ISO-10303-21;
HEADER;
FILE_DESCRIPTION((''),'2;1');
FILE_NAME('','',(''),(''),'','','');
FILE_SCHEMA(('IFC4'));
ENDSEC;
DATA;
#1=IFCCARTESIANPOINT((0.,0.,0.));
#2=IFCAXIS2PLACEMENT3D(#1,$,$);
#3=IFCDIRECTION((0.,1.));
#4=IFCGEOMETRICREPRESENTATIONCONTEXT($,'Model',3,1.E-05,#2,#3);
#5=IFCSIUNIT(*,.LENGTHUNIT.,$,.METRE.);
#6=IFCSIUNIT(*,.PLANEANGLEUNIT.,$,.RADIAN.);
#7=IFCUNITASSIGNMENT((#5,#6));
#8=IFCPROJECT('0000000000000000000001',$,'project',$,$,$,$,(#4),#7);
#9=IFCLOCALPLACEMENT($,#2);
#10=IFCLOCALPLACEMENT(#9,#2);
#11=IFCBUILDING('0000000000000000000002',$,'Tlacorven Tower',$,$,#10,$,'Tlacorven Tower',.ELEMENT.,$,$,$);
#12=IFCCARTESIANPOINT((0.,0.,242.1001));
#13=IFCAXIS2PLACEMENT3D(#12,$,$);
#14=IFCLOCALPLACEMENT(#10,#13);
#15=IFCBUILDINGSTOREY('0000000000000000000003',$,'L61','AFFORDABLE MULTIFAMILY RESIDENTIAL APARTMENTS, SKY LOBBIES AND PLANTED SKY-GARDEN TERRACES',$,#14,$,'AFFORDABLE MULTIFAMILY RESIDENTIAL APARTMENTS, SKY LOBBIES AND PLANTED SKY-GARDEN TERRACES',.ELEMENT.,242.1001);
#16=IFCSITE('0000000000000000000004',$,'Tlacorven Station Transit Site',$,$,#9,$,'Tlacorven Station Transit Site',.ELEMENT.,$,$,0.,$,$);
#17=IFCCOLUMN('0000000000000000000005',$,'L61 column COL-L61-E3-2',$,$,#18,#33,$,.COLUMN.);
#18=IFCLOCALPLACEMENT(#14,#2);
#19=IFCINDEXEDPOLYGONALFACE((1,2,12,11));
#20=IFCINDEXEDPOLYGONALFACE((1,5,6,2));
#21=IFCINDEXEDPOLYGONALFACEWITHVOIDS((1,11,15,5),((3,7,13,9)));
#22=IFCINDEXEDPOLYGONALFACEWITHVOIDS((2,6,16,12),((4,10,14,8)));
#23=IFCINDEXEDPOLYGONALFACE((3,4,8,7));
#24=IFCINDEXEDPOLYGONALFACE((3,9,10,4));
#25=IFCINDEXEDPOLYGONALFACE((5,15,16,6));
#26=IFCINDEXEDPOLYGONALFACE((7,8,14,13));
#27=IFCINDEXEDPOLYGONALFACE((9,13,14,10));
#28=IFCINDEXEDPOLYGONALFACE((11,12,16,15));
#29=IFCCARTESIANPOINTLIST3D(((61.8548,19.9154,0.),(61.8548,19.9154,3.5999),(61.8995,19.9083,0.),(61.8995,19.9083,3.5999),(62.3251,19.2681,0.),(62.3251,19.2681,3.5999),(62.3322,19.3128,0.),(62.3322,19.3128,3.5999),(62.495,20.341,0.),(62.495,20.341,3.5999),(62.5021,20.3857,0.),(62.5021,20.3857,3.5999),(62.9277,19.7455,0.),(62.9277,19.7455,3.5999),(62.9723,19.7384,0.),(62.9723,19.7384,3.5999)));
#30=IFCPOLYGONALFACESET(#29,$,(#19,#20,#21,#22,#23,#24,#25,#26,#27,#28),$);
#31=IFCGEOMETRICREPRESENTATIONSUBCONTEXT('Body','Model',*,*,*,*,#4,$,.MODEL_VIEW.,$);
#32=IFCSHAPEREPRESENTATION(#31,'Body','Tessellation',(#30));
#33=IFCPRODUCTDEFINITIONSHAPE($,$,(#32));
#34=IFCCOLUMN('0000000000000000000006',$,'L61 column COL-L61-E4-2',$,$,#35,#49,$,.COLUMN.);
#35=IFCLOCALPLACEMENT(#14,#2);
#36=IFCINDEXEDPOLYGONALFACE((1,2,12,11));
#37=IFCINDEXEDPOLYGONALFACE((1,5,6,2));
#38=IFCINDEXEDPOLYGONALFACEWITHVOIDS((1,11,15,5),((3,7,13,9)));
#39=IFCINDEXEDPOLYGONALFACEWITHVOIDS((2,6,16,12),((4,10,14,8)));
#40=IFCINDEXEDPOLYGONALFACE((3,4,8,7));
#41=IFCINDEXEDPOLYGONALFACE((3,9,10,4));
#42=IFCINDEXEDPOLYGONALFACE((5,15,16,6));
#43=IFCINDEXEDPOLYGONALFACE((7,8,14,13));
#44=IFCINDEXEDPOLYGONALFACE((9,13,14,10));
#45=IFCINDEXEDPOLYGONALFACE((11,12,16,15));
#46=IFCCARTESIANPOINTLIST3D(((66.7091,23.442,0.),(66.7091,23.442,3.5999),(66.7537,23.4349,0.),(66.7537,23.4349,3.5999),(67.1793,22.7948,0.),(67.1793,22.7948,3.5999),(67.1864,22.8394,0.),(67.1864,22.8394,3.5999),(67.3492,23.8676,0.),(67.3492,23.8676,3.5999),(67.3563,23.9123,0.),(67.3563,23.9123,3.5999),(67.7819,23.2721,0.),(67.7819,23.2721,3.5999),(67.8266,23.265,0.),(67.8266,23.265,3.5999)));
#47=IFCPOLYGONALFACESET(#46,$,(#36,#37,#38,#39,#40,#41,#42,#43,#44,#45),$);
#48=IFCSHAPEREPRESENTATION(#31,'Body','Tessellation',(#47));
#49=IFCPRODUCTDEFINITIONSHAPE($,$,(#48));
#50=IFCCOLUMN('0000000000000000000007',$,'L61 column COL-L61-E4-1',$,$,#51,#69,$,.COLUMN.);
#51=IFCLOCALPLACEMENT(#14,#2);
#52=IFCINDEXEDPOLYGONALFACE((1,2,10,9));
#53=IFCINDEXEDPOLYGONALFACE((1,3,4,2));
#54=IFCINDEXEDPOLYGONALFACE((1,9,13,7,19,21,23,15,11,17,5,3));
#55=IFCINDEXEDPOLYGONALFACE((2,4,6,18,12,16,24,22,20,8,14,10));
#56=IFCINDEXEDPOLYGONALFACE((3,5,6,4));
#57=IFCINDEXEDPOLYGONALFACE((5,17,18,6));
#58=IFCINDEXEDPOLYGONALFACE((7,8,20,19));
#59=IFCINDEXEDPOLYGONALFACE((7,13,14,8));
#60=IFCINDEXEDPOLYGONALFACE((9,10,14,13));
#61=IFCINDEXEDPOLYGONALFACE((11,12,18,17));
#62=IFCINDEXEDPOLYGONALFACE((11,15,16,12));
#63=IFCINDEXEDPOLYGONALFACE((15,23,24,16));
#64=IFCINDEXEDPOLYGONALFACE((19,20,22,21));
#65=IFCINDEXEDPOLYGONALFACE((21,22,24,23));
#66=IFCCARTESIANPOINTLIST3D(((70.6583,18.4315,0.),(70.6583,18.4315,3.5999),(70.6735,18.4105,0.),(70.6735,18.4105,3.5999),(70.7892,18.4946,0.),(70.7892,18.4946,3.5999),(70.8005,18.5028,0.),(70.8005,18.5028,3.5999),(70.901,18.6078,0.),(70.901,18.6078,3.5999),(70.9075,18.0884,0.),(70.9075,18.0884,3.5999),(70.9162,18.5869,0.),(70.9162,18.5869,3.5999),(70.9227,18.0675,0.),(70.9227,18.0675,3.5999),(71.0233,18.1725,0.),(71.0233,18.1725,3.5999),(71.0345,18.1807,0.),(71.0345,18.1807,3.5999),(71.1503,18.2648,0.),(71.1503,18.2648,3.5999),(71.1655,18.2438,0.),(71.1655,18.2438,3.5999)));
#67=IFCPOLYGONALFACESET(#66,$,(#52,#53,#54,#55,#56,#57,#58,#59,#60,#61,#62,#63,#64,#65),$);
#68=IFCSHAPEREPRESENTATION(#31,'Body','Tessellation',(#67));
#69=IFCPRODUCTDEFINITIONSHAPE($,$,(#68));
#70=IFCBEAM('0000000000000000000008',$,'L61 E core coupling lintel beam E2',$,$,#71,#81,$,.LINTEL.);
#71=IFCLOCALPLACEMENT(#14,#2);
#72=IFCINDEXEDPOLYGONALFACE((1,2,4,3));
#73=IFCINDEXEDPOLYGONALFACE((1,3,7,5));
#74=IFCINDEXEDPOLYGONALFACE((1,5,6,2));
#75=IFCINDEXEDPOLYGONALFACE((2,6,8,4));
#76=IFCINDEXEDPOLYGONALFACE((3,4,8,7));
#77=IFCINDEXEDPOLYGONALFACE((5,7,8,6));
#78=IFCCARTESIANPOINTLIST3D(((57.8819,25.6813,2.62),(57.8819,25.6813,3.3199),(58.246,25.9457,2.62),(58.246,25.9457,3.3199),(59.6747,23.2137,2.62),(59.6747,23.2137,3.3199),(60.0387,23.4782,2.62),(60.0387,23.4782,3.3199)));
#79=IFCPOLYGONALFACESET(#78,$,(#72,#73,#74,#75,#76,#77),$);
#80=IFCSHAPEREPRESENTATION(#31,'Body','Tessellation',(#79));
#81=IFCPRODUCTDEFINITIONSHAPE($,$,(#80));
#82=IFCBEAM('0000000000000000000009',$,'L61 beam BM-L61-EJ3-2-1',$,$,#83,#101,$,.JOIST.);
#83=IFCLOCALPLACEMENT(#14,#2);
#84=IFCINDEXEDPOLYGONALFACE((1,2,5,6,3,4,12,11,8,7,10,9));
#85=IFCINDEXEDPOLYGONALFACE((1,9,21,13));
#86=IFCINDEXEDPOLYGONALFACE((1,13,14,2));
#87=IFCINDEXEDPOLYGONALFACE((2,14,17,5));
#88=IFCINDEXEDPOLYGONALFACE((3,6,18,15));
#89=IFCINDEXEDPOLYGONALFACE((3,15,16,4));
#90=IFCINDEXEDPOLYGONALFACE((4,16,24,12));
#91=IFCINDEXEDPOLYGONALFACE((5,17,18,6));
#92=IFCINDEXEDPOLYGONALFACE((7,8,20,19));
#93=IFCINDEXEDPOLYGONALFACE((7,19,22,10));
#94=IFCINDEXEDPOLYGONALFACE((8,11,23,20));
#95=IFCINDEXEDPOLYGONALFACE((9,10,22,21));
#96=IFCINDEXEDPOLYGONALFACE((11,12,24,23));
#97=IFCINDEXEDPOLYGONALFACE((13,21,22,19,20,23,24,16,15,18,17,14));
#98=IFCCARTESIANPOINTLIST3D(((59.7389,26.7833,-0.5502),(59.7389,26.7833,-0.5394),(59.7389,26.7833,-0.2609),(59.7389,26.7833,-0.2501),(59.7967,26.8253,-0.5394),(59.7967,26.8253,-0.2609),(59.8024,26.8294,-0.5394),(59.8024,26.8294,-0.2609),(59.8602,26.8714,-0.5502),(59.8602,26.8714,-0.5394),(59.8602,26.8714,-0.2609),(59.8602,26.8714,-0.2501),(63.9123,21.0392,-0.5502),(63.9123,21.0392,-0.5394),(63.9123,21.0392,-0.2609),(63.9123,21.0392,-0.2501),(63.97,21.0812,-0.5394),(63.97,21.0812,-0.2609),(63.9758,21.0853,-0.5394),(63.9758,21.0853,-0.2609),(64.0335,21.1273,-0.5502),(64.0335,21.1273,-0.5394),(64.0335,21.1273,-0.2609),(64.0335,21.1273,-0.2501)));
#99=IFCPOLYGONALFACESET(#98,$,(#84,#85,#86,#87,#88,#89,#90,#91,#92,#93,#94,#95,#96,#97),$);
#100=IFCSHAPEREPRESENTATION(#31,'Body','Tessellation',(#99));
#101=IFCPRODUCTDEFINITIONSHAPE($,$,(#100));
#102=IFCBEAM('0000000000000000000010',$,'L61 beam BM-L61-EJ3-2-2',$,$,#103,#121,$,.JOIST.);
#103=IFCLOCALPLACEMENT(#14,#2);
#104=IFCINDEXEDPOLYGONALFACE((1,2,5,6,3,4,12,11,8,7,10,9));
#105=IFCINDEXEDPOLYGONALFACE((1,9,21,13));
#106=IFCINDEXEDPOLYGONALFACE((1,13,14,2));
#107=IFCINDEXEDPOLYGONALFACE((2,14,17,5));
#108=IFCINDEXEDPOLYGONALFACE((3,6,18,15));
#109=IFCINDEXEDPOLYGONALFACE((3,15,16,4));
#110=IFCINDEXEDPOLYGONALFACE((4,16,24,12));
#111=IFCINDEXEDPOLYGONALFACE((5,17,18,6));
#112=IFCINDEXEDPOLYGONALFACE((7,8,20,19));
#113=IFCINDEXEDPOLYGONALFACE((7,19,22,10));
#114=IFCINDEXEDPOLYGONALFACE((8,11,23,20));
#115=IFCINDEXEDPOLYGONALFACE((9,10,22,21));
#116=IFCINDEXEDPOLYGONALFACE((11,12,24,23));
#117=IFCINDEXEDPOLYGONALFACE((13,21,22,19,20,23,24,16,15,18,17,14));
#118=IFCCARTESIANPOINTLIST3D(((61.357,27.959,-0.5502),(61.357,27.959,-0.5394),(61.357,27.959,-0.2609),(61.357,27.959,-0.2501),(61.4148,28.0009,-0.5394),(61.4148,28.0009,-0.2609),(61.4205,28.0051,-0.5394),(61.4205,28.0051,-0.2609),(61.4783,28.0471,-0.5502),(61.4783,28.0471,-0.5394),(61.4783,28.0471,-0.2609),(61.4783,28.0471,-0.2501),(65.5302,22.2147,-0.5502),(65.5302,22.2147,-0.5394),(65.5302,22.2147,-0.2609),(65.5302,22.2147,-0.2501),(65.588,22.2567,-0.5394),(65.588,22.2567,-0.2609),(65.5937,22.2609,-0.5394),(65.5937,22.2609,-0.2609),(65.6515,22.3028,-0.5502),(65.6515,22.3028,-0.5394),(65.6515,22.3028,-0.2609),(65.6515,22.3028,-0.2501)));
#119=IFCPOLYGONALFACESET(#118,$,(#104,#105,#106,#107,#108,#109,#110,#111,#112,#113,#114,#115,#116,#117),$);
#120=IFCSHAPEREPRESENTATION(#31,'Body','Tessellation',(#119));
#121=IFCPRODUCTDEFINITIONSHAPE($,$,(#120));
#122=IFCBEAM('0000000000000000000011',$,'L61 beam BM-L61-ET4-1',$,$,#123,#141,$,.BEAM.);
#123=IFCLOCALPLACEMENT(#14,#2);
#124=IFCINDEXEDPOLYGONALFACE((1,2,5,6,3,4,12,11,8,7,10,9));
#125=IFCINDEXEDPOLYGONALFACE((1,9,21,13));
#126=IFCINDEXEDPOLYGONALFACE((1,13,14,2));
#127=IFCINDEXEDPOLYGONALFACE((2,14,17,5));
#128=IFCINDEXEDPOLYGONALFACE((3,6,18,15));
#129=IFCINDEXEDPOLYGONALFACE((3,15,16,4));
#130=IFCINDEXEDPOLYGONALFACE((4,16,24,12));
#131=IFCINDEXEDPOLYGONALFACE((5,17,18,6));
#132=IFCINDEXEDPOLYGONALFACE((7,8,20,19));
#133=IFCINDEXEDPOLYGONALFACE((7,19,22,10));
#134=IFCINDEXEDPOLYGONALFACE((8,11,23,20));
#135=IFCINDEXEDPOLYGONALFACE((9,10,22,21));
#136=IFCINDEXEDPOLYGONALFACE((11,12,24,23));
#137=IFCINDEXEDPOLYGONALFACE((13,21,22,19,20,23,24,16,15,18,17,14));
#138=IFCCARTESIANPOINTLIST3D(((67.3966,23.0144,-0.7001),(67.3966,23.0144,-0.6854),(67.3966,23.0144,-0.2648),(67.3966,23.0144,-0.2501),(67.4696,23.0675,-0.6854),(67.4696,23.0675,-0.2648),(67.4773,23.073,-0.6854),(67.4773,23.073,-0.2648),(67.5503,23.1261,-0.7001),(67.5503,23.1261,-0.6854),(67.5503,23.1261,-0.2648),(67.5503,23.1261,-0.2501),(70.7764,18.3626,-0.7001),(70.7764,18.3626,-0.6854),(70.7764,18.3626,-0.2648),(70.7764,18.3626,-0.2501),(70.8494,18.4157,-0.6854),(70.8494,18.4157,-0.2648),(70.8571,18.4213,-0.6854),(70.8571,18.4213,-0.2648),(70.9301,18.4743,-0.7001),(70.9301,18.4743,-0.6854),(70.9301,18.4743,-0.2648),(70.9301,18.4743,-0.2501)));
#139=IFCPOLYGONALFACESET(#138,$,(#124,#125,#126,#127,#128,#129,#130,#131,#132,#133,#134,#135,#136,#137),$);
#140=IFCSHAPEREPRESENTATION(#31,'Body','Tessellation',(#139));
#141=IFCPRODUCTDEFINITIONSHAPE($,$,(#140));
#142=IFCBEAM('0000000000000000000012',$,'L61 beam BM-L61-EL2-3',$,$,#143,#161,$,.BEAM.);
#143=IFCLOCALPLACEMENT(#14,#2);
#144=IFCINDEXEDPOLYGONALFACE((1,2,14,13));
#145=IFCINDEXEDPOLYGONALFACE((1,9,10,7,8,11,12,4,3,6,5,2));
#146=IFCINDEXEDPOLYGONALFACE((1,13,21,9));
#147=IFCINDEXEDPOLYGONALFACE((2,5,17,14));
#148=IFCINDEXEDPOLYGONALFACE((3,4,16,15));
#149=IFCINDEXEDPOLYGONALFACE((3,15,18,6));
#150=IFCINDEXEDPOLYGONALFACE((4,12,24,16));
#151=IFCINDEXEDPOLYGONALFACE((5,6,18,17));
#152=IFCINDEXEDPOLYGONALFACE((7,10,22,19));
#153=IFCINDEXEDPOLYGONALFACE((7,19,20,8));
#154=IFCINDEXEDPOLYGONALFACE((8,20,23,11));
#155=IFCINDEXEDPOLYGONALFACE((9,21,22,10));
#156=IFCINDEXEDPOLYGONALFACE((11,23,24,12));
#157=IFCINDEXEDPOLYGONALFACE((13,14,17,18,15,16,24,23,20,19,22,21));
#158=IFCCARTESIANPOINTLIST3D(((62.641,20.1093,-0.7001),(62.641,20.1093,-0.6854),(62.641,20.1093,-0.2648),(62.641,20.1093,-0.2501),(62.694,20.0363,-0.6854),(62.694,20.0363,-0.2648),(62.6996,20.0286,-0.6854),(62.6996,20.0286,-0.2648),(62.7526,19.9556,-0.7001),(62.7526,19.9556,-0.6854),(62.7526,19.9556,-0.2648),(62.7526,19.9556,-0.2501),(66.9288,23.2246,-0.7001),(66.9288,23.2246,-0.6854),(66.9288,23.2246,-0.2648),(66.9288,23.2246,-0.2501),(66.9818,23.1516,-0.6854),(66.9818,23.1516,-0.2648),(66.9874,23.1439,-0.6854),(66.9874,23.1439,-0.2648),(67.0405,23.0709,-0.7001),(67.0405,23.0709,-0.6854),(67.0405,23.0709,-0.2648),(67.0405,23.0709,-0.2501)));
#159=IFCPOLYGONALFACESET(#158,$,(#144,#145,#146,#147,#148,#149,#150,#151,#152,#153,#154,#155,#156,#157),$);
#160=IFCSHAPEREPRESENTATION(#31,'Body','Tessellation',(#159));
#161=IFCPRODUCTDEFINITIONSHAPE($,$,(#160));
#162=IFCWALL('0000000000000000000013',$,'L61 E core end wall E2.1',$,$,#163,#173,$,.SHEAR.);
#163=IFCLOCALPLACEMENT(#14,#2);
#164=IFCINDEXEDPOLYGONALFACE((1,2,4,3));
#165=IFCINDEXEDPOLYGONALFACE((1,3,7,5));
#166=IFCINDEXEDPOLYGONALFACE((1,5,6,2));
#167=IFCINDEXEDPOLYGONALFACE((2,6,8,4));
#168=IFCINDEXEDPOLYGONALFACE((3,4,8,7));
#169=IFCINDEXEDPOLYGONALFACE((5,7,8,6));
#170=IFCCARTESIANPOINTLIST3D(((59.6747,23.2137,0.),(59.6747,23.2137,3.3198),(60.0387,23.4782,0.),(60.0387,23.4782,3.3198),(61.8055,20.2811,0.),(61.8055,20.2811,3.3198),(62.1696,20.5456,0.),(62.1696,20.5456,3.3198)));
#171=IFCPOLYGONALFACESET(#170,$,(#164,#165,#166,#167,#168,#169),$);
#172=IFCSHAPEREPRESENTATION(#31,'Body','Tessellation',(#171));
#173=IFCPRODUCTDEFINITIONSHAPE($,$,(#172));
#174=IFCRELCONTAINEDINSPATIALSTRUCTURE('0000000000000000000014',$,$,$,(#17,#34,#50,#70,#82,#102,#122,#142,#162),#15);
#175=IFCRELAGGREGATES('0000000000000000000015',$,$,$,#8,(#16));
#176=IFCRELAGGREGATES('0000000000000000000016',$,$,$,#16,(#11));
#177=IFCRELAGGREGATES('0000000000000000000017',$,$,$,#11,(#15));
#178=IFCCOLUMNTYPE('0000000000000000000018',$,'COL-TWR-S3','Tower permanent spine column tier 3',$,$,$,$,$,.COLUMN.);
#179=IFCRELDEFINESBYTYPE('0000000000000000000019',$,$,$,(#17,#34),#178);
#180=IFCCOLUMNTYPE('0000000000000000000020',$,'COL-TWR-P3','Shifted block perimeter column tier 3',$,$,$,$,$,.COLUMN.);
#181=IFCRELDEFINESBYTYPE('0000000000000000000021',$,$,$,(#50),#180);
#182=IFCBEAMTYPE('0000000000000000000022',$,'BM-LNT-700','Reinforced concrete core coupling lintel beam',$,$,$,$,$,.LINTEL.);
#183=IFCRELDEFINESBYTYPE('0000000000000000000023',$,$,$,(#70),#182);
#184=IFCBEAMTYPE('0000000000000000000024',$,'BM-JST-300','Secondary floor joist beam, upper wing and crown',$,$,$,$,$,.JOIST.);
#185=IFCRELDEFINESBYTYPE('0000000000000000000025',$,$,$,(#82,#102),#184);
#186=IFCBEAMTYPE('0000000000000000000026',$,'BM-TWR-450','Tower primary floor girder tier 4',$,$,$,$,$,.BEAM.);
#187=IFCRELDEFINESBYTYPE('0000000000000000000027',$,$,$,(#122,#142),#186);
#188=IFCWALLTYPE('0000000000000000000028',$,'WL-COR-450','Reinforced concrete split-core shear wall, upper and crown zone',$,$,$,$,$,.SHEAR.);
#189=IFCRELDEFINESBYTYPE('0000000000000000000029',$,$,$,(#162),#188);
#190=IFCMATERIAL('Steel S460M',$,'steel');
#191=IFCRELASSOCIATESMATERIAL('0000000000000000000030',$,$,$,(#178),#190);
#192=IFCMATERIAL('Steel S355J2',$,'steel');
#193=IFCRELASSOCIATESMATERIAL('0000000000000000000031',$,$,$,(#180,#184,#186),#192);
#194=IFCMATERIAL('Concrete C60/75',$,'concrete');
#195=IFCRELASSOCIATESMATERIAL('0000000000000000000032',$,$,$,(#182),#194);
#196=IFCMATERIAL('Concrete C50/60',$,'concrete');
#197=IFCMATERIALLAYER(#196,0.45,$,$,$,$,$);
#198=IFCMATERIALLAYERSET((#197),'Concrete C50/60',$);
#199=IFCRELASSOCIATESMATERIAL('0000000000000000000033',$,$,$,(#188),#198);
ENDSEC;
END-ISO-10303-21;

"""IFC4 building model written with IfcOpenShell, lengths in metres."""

from ifc_helpers import new_model, si_unit, direction, frame, frame_2d, origin, origin_2d, place, context, subcontext, project, spatial, rectangle, hollow_rectangle, i_section, extrude, source, transform, mapped, material, layer, layer_set, material_profile, profile_set, type_object, element, save


model = new_model("IFC4")

# Units and contexts
model_context = context("Model", 3, precision=1e-05, world=origin(), true_north=direction((0.0, 1.0)))
body_context = subcontext(model_context, "Body", "Model", "MODEL_VIEW")
ifc_project = project(units=[si_unit("LENGTHUNIT", "METRE"), si_unit("PLANEANGLEUNIT", "RADIAN")], contexts=[model_context])

# Site, building, storey
site_placement = place(None, origin())
site = spatial("IfcSite", under=ifc_project, at=site_placement, Name="Tlacorven Station Transit Site", LongName="Tlacorven Station Transit Site", CompositionType="ELEMENT", RefElevation=0.0)
building_placement = place(site_placement, origin())
building = spatial("IfcBuilding", under=site, at=building_placement, Name="Tlacorven Tower", LongName="Tlacorven Tower", CompositionType="ELEMENT")
storey_placement = place(building_placement, frame((0.0, 0.0, 242.1001)))
storey = spatial("IfcBuildingStorey", under=building, at=storey_placement, Name="L61", Description="AFFORDABLE MULTIFAMILY RESIDENTIAL APARTMENTS, SKY LOBBIES AND PLANTED SKY-GARDEN TERRACES", LongName="AFFORDABLE MULTIFAMILY RESIDENTIAL APARTMENTS, SKY LOBBIES AND PLANTED SKY-GARDEN TERRACES", CompositionType="ELEMENT", Elevation=242.1001)

# Columns
ifc_material_1 = material(Name="Steel S460M", Category="steel")
ifc_material_profile_1 = material_profile(ifc_material_1, hollow_rectangle(XDim=0.8, YDim=0.8, WallThickness=0.032, at=origin_2d()), Name="BOX 800X800X32")
ifc_profile_set_1 = profile_set([ifc_material_profile_1], Name="Steel S460M")
column_type_1 = type_object("IfcColumnType", Name="COL-TWR-S3", Description="Tower permanent spine column tier 3", PredefinedType="COLUMN", material=ifc_profile_set_1)
shared_shape_1 = source(origin(), body_context, "Body", "SweptSolid", [
    extrude(hollow_rectangle(XDim=0.8, YDim=0.8, WallThickness=0.032, at=origin_2d()), origin(), (0.0, 0.0, 1.0), 3.5999),
])
for number, where, z_axis, x_axis, name in (
    (1, (62.4136, 19.8269, 0.0), (0.0, 0.0, 1.0), (0.809017, 0.587785, 0.0), "L61 column COL-L61-E3-2"),
    (2, (67.2678, 23.3535, 0.0), (0.0, 0.0, 1.0), (0.809017, 0.587785, 0.0), "L61 column COL-L61-E4-2"),
):
    element("IfcColumn", number, at=place(storey_placement, frame(where, z_axis=z_axis, x_axis=x_axis)), inside=storey, type_object=column_type_1, Name=name, PredefinedType="COLUMN", context=body_context, shape_type="MappedRepresentation", body=[
        mapped(shared_shape_1, transform((0.0, 0.0, 0.0), scale=1.0)),
    ])
ifc_material_2 = material(Name="Steel S355J2", Category="steel")
ifc_material_profile_2 = material_profile(ifc_material_2, i_section(OverallWidth=0.3, OverallDepth=0.45, WebThickness=0.0139, FlangeThickness=0.0259, at=origin_2d()), Name="HEB 450")
ifc_profile_set_2 = profile_set([ifc_material_profile_2], Name="Steel S355J2")
column_type_2 = type_object("IfcColumnType", Name="COL-TWR-P3", Description="Shifted block perimeter column tier 3", PredefinedType="COLUMN", material=ifc_profile_set_2)
shared_shape_2 = source(origin(), body_context, "Body", "SweptSolid", [
    extrude(i_section(OverallWidth=0.3, OverallDepth=0.45, WebThickness=0.0139, FlangeThickness=0.0259, at=origin_2d()), origin(), (0.0, 0.0, 1.0), 3.5999),
])
column_placement = place(storey_placement, frame((70.9119, 18.3376, 0.0), z_axis=(0.0, 0.0, 1.0), x_axis=(0.809017, 0.587785, 0.0)))
element("IfcColumn", 3, at=column_placement, inside=storey, type_object=column_type_2, Name="L61 column COL-L61-E4-1", PredefinedType="COLUMN", context=body_context, shape_type="MappedRepresentation", body=[
    mapped(shared_shape_2, transform((0.0, 0.0, 0.0), scale=1.0)),
])

# Beams
ifc_material_3 = material(Name="Concrete C60/75", Category="concrete")
ifc_material_profile_3 = material_profile(ifc_material_3, rectangle(XDim=0.45, YDim=0.7, at=origin_2d()), Name="RC 450X700")
ifc_profile_set_3 = profile_set([ifc_material_profile_3], Name="Concrete C60/75")
beam_type_1 = type_object("IfcBeamType", Name="BM-LNT-700", Description="Reinforced concrete core coupling lintel beam", PredefinedType="LINTEL", material=ifc_profile_set_3)
shared_shape_3 = source(origin(), body_context, "Body", "SweptSolid", [
    extrude(rectangle(XDim=0.45, YDim=0.7, at=origin_2d()), origin(), (0.0, 0.0, 1.0), 3.05),
])
beam_1_placement = place(storey_placement, frame((59.8567, 23.3459, 2.97), z_axis=(-0.587777, 0.809023, 0.0), x_axis=(-0.809023, -0.587777, 0.0)))
element("IfcBeam", 4, at=beam_1_placement, inside=storey, type_object=beam_type_1, Name="L61 E core coupling lintel beam E2", PredefinedType="LINTEL", context=body_context, shape_type="MappedRepresentation", body=[
    mapped(shared_shape_3, transform((0.0, 0.0, 0.0), scale=1.0)),
])
ifc_material_profile_4 = material_profile(ifc_material_2, i_section(OverallWidth=0.1499, OverallDepth=0.3, WebThickness=0.0071, FlangeThickness=0.0107, at=origin_2d()), Name="IPE 300")
ifc_profile_set_4 = profile_set([ifc_material_profile_4], Name="Steel S355J2")
beam_type_2 = type_object("IfcBeamType", Name="BM-JST-300", Description="Secondary floor joist beam, upper wing and crown", PredefinedType="JOIST", material=ifc_profile_set_4)
shared_shape_4 = source(origin(), body_context, "Body", "SweptSolid", [
    extrude(i_section(OverallWidth=0.1499, OverallDepth=0.3, WebThickness=0.0071, FlangeThickness=0.0107, at=origin_2d()), origin(), (0.0, 0.0, 1.0), 7.1001),
])
for number, where, z_axis, x_axis, name in (
    (5, (63.9729, 21.0833, -0.4001), (-0.587783, 0.809019, 0.0), (-0.809019, -0.587783, 0.0), "L61 beam BM-L61-EJ3-2-1"),
    (6, (65.5908, 22.2588, -0.4001), (-0.587761, 0.809035, 0.0), (-0.809035, -0.587761, 0.0), "L61 beam BM-L61-EJ3-2-2"),
):
    element("IfcBeam", number, at=place(storey_placement, frame(where, z_axis=z_axis, x_axis=x_axis)), inside=storey, type_object=beam_type_2, Name=name, PredefinedType="JOIST", context=body_context, shape_type="MappedRepresentation", body=[
        mapped(shared_shape_4, transform((0.0, 0.0, 0.0), scale=1.0)),
    ])
ifc_material_profile_5 = material_profile(ifc_material_2, i_section(OverallWidth=0.1899, OverallDepth=0.45, WebThickness=0.0095, FlangeThickness=0.0146, at=origin_2d()), Name="IPE 450")
ifc_profile_set_5 = profile_set([ifc_material_profile_5], Name="Steel S355J2")
beam_type_3 = type_object("IfcBeamType", Name="BM-TWR-450", Description="Tower primary floor girder tier 4", PredefinedType="BEAM", material=ifc_profile_set_5)
shared_shape_5 = source(origin(), body_context, "Body", "SweptSolid", [
    extrude(i_section(OverallWidth=0.1899, OverallDepth=0.45, WebThickness=0.0095, FlangeThickness=0.0146, at=origin_2d()), origin(), (0.0, 0.0, 1.0), 5.75),
])
beam_2_placement = place(storey_placement, frame((70.8533, 18.4185, -0.4751), z_axis=(-0.587798, 0.809008, 0.0), x_axis=(-0.809008, -0.587798, 0.0)))
element("IfcBeam", 7, at=beam_2_placement, inside=storey, type_object=beam_type_3, Name="L61 beam BM-L61-ET4-1", PredefinedType="BEAM", context=body_context, shape_type="MappedRepresentation", body=[
    mapped(shared_shape_5, transform((0.0, 0.0, 0.0), scale=1.0)),
])
shared_shape_6 = source(origin(), body_context, "Body", "SweptSolid", [
    extrude(i_section(OverallWidth=0.1899, OverallDepth=0.45, WebThickness=0.0095, FlangeThickness=0.0146, at=origin_2d()), origin(), (0.0, 0.0, 1.0), 5.3),
])
beam_3_placement = place(storey_placement, frame((62.6968, 20.0325, -0.4751), z_axis=(0.809023, 0.587777, 0.0), x_axis=(-0.587777, 0.809023, 0.0)))
element("IfcBeam", 8, at=beam_3_placement, inside=storey, type_object=beam_type_3, Name="L61 beam BM-L61-EL2-3", PredefinedType="BEAM", context=body_context, shape_type="MappedRepresentation", body=[
    mapped(shared_shape_6, transform((0.0, 0.0, 0.0), scale=1.0)),
])

# Wall
ifc_material_4 = material(Name="Concrete C50/60", Category="concrete")
ifc_layer_1 = layer(ifc_material_4, 0.45)
ifc_layer_set_1 = layer_set([ifc_layer_1], Name="Concrete C50/60")
wall_type_1 = type_object("IfcWallType", Name="WL-COR-450", Description="Reinforced concrete split-core shear wall, upper and crown zone", PredefinedType="SHEAR", material=ifc_layer_set_1)
wall_1_placement = place(storey_placement, frame((61.9875, 20.4133, 0.0), z_axis=(0.0, 0.0, 1.0), x_axis=(-0.587819, 0.808992, 0.0)))
element("IfcWall", 9, at=wall_1_placement, inside=storey, type_object=wall_type_1, Name="L61 E core end wall E2.1", PredefinedType="SHEAR", context=body_context, shape_type="SweptSolid", body=[
    extrude(rectangle(XDim=3.625, YDim=0.45, at=frame_2d((1.8125, 0.0))), origin(), (0.0, 0.0, 1.0), 3.3198),
])

save(model, "model.ifc")
